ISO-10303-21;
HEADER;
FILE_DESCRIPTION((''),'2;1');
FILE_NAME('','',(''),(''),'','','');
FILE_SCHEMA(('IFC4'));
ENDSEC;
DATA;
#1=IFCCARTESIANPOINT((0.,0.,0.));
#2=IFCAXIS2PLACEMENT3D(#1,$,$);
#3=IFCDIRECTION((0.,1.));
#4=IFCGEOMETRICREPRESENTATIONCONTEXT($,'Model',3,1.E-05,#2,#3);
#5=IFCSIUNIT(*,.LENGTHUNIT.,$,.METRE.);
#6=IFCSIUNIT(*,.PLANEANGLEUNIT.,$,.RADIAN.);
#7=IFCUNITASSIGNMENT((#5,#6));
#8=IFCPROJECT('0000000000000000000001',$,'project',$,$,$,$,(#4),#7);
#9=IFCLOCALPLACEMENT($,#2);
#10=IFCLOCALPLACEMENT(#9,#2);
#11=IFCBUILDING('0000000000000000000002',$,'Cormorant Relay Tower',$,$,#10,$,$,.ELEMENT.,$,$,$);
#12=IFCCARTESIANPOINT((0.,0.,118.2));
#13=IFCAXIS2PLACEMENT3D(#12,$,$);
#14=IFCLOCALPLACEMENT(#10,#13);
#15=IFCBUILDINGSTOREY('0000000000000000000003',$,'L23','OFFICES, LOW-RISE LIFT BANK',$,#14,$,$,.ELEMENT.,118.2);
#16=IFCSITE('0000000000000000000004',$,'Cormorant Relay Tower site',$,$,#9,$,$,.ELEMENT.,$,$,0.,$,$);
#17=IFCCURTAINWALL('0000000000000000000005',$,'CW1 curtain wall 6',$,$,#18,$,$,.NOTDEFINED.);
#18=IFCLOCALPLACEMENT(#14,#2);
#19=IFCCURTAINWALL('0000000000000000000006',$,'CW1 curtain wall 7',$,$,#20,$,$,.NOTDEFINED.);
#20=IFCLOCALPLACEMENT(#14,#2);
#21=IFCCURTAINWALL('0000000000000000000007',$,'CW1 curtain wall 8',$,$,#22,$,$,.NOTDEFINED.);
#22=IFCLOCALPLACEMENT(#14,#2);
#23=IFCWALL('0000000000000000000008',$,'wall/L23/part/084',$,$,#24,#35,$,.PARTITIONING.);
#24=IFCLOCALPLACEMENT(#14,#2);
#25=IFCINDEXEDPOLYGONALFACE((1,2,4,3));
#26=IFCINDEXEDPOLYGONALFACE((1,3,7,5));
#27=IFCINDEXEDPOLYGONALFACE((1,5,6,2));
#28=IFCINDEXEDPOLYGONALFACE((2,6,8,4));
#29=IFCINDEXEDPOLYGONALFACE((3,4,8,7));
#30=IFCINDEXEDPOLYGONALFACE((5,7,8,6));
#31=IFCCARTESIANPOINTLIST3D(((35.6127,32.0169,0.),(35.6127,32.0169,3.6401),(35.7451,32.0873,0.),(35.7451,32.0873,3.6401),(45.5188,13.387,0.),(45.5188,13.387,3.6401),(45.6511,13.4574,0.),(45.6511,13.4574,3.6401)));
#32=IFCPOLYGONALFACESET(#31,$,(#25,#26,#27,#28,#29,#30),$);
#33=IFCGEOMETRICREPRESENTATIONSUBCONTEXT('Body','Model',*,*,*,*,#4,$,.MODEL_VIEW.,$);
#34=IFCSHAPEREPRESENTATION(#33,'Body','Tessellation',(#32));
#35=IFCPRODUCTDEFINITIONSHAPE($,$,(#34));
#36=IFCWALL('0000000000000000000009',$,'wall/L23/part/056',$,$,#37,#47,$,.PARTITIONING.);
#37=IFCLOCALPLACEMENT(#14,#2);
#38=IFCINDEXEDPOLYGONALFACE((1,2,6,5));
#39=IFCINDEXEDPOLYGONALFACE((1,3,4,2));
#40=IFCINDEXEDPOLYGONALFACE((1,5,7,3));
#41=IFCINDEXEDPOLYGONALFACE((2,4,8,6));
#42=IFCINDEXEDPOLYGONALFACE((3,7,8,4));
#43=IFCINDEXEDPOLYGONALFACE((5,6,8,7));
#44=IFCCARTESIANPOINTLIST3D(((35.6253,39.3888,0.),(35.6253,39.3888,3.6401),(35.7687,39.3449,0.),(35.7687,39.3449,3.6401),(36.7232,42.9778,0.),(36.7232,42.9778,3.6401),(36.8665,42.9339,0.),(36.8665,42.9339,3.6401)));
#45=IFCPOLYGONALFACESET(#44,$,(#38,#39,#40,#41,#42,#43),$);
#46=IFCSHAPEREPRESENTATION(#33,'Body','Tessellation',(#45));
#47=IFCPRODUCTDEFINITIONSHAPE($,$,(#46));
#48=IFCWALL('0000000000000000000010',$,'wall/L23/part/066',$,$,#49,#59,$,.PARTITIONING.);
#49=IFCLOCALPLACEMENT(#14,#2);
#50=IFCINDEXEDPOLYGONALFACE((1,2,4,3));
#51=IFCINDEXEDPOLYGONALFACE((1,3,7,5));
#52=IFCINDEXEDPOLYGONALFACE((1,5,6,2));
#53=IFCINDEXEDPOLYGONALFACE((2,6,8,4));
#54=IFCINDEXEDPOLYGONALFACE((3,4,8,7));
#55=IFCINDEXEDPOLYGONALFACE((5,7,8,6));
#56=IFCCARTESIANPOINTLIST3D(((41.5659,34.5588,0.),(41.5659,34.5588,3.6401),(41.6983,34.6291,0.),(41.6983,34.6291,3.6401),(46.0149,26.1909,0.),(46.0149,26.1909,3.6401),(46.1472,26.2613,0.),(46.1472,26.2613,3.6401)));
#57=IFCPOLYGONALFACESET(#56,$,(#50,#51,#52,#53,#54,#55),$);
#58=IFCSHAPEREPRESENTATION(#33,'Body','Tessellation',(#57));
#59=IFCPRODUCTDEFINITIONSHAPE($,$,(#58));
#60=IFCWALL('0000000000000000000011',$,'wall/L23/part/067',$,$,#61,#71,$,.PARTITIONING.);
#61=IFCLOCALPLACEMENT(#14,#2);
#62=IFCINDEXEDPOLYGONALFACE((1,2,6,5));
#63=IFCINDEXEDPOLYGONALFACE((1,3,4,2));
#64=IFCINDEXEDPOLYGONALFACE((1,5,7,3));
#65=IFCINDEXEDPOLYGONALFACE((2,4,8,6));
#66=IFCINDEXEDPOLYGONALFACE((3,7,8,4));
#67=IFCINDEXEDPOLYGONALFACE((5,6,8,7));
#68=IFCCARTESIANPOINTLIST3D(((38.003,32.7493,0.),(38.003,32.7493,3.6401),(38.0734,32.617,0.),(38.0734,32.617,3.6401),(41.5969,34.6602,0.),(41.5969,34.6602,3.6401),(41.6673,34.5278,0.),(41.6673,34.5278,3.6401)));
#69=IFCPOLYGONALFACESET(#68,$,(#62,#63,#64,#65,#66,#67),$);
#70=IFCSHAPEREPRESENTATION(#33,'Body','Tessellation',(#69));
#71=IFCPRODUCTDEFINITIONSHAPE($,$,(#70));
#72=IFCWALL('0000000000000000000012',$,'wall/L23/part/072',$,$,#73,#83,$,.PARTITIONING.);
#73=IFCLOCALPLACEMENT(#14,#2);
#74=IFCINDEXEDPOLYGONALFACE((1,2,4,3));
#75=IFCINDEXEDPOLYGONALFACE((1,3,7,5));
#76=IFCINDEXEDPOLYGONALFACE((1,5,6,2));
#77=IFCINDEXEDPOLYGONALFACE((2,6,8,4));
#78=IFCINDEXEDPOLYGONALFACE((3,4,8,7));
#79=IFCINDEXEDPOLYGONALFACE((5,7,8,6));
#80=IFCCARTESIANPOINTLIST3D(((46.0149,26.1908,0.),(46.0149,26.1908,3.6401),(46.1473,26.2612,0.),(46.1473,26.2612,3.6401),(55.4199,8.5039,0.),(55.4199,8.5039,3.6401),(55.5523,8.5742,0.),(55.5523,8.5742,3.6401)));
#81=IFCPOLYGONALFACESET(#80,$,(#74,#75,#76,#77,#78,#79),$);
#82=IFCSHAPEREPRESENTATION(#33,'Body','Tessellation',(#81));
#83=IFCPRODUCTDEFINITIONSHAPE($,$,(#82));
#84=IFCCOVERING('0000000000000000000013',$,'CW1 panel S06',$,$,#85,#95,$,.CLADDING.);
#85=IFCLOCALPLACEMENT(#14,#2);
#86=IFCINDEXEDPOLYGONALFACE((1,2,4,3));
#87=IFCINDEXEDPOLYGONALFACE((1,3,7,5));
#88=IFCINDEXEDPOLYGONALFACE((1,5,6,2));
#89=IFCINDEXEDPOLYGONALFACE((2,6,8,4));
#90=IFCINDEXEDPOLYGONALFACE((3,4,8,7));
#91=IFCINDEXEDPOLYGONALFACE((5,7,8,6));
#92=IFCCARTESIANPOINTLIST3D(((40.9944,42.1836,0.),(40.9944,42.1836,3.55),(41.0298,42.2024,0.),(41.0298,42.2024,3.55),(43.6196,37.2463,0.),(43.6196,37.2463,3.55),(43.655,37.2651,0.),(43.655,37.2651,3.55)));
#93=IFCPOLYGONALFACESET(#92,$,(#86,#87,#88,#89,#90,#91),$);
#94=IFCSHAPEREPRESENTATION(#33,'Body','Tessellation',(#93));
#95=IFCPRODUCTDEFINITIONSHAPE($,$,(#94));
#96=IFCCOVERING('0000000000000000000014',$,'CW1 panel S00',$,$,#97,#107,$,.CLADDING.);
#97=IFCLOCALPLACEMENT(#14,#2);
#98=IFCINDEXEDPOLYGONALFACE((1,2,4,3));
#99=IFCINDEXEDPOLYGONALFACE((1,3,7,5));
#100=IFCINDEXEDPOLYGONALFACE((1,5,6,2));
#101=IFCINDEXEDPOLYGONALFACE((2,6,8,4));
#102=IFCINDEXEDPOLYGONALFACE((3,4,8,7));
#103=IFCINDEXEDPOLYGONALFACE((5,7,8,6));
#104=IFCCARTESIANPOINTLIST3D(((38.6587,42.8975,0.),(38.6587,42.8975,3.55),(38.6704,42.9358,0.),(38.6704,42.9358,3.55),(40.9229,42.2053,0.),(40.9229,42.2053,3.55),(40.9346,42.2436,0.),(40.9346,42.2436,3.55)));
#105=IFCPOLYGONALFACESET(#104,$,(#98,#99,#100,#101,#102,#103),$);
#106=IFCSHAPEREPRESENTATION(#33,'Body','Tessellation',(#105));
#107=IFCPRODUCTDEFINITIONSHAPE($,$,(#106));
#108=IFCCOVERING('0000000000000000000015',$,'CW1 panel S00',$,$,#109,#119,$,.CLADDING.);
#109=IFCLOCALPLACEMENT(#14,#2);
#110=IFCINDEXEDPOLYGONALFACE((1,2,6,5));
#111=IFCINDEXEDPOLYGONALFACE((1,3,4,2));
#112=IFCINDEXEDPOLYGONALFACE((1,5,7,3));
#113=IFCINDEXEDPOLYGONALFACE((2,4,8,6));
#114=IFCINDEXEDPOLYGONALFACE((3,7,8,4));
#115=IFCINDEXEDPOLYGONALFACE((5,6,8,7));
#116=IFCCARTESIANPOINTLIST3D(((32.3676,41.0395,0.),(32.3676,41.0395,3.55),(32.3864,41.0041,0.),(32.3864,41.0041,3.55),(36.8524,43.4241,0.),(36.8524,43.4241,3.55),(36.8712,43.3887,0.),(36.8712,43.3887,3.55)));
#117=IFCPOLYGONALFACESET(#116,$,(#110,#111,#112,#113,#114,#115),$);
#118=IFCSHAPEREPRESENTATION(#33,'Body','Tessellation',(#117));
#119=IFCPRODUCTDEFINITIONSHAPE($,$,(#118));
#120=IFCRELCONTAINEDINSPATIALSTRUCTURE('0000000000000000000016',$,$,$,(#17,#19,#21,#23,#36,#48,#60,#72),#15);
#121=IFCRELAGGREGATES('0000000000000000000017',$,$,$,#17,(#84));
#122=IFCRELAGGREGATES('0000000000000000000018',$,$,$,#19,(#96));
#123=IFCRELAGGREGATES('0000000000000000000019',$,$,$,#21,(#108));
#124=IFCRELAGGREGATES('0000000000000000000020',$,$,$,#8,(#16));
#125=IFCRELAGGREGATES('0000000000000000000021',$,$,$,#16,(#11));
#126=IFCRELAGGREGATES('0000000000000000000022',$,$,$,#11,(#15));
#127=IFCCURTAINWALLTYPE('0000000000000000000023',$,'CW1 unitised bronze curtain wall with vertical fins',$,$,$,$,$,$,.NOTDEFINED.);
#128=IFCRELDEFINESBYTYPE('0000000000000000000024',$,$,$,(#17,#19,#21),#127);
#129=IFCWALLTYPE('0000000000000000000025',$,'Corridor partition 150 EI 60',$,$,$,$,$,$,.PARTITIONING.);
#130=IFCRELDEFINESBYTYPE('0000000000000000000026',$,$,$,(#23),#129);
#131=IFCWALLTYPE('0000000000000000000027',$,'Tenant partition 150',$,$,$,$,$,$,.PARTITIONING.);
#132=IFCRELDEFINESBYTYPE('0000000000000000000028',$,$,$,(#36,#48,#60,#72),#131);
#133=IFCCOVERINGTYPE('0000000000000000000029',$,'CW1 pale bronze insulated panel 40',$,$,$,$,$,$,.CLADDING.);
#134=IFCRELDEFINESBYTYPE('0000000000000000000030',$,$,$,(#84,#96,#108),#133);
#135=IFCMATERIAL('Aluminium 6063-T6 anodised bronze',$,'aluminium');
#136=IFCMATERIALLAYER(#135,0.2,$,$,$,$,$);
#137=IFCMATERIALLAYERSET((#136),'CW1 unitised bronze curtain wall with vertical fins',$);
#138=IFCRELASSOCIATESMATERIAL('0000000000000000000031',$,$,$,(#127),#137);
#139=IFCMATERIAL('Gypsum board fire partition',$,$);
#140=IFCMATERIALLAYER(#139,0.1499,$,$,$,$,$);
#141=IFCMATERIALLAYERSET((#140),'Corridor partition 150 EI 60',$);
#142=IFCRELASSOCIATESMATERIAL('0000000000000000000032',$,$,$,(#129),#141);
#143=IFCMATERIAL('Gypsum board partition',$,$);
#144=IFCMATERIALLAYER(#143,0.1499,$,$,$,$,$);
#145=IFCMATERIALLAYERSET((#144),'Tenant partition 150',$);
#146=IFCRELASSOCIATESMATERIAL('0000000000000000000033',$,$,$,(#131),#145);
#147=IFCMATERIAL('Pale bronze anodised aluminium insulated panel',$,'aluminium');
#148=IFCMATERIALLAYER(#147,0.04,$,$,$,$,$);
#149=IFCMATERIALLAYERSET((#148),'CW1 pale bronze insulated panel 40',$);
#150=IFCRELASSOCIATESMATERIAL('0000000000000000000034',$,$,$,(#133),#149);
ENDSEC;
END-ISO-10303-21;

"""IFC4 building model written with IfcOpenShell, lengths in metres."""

from ifc_helpers import new_model, si_unit, direction, frame, frame_2d, origin, origin_2d, place, context, subcontext, project, spatial, rectangle, extrude, material, layer, layer_set, type_object, element, aggregate, save


model = new_model("IFC4")

# Units and contexts
model_context = context("Model", 3, precision=1e-05, world=origin(), true_north=direction((0.0, 1.0)))
body_context = subcontext(model_context, "Body", "Model", "MODEL_VIEW")
ifc_project = project(units=[si_unit("LENGTHUNIT", "METRE"), si_unit("PLANEANGLEUNIT", "RADIAN")], contexts=[model_context])

# Site, building, storey
site_placement = place(None, origin())
site = spatial("IfcSite", under=ifc_project, at=site_placement, Name="Cormorant Relay Tower site", CompositionType="ELEMENT", RefElevation=0.0)
building_placement = place(site_placement, origin())
building = spatial("IfcBuilding", under=site, at=building_placement, Name="Cormorant Relay Tower", CompositionType="ELEMENT")
storey_placement = place(building_placement, frame((0.0, 0.0, 118.2)))
storey = spatial("IfcBuildingStorey", under=building, at=storey_placement, Name="L23", Description="OFFICES, LOW-RISE LIFT BANK", CompositionType="ELEMENT", Elevation=118.2)

# Curtain walls
ifc_material_1 = material(Name="Aluminium 6063-T6 anodised bronze", Category="aluminium")
ifc_layer_1 = layer(ifc_material_1, 0.2)
ifc_layer_set_1 = layer_set([ifc_layer_1], Name="CW1 unitised bronze curtain wall with vertical fins")
curtain_wall_type = type_object("IfcCurtainWallType", Name="CW1 unitised bronze curtain wall with vertical fins", PredefinedType="NOTDEFINED", material=ifc_layer_set_1)
curtain_wall_1_placement = place(storey_placement, origin())
curtain_wall_1 = element("IfcCurtainWall", 1, at=curtain_wall_1_placement, inside=storey, type_object=curtain_wall_type, Name="CW1 curtain wall 6", PredefinedType="NOTDEFINED")
curtain_wall_2_placement = place(storey_placement, origin())
curtain_wall_2 = element("IfcCurtainWall", 2, at=curtain_wall_2_placement, inside=storey, type_object=curtain_wall_type, Name="CW1 curtain wall 7", PredefinedType="NOTDEFINED")

# Curtain wall
curtain_wall_3_placement = place(storey_placement, origin())
curtain_wall_3 = element("IfcCurtainWall", 3, at=curtain_wall_3_placement, inside=storey, type_object=curtain_wall_type, Name="CW1 curtain wall 8", PredefinedType="NOTDEFINED")

# Shared definitions
ifc_material_2 = material(Name="Gypsum board fire partition")
ifc_layer_2 = layer(ifc_material_2, 0.1499)
ifc_layer_set_2 = layer_set([ifc_layer_2], Name="Corridor partition 150 EI 60")
wall_type_1 = type_object("IfcWallType", Name="Corridor partition 150 EI 60", PredefinedType="PARTITIONING", material=ifc_layer_set_2)

# Walls
wall_1_placement = place(storey_placement, frame((35.679, 32.052, 0.0), z_axis=(0.0, 0.0, 1.0), x_axis=(0.469483, -0.882941, 0.0)))
element("IfcWall", 4, at=wall_1_placement, inside=storey, type_object=wall_type_1, Name="wall/L23/part/084", PredefinedType="PARTITIONING", context=body_context, shape_type="SweptSolid", body=[
    extrude(rectangle(XDim=21.0999, YDim=0.1499, at=frame_2d((10.5498, 0.0))), origin(), (0.0, 0.0, 1.0), 3.6401),
])
ifc_material_3 = material(Name="Gypsum board partition")
ifc_layer_3 = layer(ifc_material_3, 0.1499)
ifc_layer_set_3 = layer_set([ifc_layer_3], Name="Tenant partition 150")
wall_type_2 = type_object("IfcWallType", Name="Tenant partition 150", PredefinedType="PARTITIONING", material=ifc_layer_set_3)
wall_2_placement = place(storey_placement, frame((35.697, 39.3669, 0.0), z_axis=(0.0, 0.0, 1.0), x_axis=(0.292518, 0.95626, 0.0)))
element("IfcWall", 5, at=wall_2_placement, inside=storey, type_object=wall_type_2, Name="wall/L23/part/056", PredefinedType="PARTITIONING", context=body_context, shape_type="SweptSolid", body=[
    extrude(rectangle(XDim=3.7532, YDim=0.1499, at=frame_2d((1.8765, 0.0))), origin(), (0.0, 0.0, 1.0), 3.6401),
])
wall_3_placement = place(storey_placement, frame((46.0811, 26.2261, 0.0), z_axis=(0.0, 0.0, 1.0), x_axis=(-0.469445, 0.882962, 0.0)))
element("IfcWall", 6, at=wall_3_placement, inside=storey, type_object=wall_type_2, Name="wall/L23/part/066", PredefinedType="PARTITIONING", context=body_context, shape_type="SweptSolid", body=[
    extrude(rectangle(XDim=9.4771, YDim=0.1499, at=frame_2d((4.7385, 0.0))), origin(), (0.0, 0.0, 1.0), 3.6401),
])
wall_4_placement = place(storey_placement, frame((41.6321, 34.594, 0.0), z_axis=(0.0, 0.0, 1.0), x_axis=(-0.882955, -0.469458, 0.0)))
element("IfcWall", 7, at=wall_4_placement, inside=storey, type_object=wall_type_2, Name="wall/L23/part/067", PredefinedType="PARTITIONING", context=body_context, shape_type="SweptSolid", body=[
    extrude(rectangle(XDim=4.0703, YDim=0.1499, at=frame_2d((2.0352, 0.0))), origin(), (0.0, 0.0, 1.0), 3.6401),
])
wall_5_placement = place(storey_placement, frame((46.0811, 26.2261, 0.0), z_axis=(0.0, 0.0, 1.0), x_axis=(0.469498, -0.882934, 0.0)))
element("IfcWall", 8, at=wall_5_placement, inside=storey, type_object=wall_type_2, Name="wall/L23/part/072", PredefinedType="PARTITIONING", context=body_context, shape_type="SweptSolid", body=[
    extrude(rectangle(XDim=20.032, YDim=0.1499, at=frame_2d((10.0161, 0.0))), origin(), (0.0, 0.0, 1.0), 3.6401),
])

# Coverings
ifc_material_4 = material(Name="Pale bronze anodised aluminium insulated panel", Category="aluminium")
ifc_layer_4 = layer(ifc_material_4, 0.04)
ifc_layer_set_4 = layer_set([ifc_layer_4], Name="CW1 pale bronze insulated panel 40")
covering_type = type_object("IfcCoveringType", Name="CW1 pale bronze insulated panel 40", PredefinedType="CLADDING", material=ifc_layer_set_4)
covering_1_placement = place(storey_placement, frame((42.3247, 39.7244, 0.0), z_axis=(0.0, 0.0, 1.0), x_axis=(-0.469472, 0.882948, 0.0)))
covering_1 = element("IfcCovering", 9, at=covering_1_placement, type_object=covering_type, Name="CW1 panel S06", PredefinedType="CLADDING", context=body_context, shape_type="SweptSolid", body=[
    extrude(rectangle(XDim=5.5918, YDim=0.04, at=origin_2d()), origin(), (0.0, 0.0, 1.0), 3.55),
])
aggregate(curtain_wall_1, [covering_1])
covering_2_placement = place(storey_placement, frame((39.7966, 42.5706, 0.0), z_axis=(0.0, 0.0, 1.0), x_axis=(-0.956305, 0.292372, 0.0)))
covering_2 = element("IfcCovering", 10, at=covering_2_placement, type_object=covering_type, Name="CW1 panel S00", PredefinedType="CLADDING", context=body_context, shape_type="SweptSolid", body=[
    extrude(rectangle(XDim=2.3677, YDim=0.04, at=origin_2d()), origin(), (0.0, 0.0, 1.0), 3.55),
])
aggregate(curtain_wall_2, [covering_2])
covering_3_placement = place(storey_placement, frame((34.6194, 42.2141, 0.0), z_axis=(0.0, 0.0, 1.0), x_axis=(-0.882948, -0.469472, 0.0)))
covering_3 = element("IfcCovering", 11, at=covering_3_placement, type_object=covering_type, Name="CW1 panel S00", PredefinedType="CLADDING", context=body_context, shape_type="SweptSolid", body=[
    extrude(rectangle(XDim=5.0793, YDim=0.04, at=origin_2d()), origin(), (0.0, 0.0, 1.0), 3.55),
])
aggregate(curtain_wall_3, [covering_3])

save(model, "model.ifc")
